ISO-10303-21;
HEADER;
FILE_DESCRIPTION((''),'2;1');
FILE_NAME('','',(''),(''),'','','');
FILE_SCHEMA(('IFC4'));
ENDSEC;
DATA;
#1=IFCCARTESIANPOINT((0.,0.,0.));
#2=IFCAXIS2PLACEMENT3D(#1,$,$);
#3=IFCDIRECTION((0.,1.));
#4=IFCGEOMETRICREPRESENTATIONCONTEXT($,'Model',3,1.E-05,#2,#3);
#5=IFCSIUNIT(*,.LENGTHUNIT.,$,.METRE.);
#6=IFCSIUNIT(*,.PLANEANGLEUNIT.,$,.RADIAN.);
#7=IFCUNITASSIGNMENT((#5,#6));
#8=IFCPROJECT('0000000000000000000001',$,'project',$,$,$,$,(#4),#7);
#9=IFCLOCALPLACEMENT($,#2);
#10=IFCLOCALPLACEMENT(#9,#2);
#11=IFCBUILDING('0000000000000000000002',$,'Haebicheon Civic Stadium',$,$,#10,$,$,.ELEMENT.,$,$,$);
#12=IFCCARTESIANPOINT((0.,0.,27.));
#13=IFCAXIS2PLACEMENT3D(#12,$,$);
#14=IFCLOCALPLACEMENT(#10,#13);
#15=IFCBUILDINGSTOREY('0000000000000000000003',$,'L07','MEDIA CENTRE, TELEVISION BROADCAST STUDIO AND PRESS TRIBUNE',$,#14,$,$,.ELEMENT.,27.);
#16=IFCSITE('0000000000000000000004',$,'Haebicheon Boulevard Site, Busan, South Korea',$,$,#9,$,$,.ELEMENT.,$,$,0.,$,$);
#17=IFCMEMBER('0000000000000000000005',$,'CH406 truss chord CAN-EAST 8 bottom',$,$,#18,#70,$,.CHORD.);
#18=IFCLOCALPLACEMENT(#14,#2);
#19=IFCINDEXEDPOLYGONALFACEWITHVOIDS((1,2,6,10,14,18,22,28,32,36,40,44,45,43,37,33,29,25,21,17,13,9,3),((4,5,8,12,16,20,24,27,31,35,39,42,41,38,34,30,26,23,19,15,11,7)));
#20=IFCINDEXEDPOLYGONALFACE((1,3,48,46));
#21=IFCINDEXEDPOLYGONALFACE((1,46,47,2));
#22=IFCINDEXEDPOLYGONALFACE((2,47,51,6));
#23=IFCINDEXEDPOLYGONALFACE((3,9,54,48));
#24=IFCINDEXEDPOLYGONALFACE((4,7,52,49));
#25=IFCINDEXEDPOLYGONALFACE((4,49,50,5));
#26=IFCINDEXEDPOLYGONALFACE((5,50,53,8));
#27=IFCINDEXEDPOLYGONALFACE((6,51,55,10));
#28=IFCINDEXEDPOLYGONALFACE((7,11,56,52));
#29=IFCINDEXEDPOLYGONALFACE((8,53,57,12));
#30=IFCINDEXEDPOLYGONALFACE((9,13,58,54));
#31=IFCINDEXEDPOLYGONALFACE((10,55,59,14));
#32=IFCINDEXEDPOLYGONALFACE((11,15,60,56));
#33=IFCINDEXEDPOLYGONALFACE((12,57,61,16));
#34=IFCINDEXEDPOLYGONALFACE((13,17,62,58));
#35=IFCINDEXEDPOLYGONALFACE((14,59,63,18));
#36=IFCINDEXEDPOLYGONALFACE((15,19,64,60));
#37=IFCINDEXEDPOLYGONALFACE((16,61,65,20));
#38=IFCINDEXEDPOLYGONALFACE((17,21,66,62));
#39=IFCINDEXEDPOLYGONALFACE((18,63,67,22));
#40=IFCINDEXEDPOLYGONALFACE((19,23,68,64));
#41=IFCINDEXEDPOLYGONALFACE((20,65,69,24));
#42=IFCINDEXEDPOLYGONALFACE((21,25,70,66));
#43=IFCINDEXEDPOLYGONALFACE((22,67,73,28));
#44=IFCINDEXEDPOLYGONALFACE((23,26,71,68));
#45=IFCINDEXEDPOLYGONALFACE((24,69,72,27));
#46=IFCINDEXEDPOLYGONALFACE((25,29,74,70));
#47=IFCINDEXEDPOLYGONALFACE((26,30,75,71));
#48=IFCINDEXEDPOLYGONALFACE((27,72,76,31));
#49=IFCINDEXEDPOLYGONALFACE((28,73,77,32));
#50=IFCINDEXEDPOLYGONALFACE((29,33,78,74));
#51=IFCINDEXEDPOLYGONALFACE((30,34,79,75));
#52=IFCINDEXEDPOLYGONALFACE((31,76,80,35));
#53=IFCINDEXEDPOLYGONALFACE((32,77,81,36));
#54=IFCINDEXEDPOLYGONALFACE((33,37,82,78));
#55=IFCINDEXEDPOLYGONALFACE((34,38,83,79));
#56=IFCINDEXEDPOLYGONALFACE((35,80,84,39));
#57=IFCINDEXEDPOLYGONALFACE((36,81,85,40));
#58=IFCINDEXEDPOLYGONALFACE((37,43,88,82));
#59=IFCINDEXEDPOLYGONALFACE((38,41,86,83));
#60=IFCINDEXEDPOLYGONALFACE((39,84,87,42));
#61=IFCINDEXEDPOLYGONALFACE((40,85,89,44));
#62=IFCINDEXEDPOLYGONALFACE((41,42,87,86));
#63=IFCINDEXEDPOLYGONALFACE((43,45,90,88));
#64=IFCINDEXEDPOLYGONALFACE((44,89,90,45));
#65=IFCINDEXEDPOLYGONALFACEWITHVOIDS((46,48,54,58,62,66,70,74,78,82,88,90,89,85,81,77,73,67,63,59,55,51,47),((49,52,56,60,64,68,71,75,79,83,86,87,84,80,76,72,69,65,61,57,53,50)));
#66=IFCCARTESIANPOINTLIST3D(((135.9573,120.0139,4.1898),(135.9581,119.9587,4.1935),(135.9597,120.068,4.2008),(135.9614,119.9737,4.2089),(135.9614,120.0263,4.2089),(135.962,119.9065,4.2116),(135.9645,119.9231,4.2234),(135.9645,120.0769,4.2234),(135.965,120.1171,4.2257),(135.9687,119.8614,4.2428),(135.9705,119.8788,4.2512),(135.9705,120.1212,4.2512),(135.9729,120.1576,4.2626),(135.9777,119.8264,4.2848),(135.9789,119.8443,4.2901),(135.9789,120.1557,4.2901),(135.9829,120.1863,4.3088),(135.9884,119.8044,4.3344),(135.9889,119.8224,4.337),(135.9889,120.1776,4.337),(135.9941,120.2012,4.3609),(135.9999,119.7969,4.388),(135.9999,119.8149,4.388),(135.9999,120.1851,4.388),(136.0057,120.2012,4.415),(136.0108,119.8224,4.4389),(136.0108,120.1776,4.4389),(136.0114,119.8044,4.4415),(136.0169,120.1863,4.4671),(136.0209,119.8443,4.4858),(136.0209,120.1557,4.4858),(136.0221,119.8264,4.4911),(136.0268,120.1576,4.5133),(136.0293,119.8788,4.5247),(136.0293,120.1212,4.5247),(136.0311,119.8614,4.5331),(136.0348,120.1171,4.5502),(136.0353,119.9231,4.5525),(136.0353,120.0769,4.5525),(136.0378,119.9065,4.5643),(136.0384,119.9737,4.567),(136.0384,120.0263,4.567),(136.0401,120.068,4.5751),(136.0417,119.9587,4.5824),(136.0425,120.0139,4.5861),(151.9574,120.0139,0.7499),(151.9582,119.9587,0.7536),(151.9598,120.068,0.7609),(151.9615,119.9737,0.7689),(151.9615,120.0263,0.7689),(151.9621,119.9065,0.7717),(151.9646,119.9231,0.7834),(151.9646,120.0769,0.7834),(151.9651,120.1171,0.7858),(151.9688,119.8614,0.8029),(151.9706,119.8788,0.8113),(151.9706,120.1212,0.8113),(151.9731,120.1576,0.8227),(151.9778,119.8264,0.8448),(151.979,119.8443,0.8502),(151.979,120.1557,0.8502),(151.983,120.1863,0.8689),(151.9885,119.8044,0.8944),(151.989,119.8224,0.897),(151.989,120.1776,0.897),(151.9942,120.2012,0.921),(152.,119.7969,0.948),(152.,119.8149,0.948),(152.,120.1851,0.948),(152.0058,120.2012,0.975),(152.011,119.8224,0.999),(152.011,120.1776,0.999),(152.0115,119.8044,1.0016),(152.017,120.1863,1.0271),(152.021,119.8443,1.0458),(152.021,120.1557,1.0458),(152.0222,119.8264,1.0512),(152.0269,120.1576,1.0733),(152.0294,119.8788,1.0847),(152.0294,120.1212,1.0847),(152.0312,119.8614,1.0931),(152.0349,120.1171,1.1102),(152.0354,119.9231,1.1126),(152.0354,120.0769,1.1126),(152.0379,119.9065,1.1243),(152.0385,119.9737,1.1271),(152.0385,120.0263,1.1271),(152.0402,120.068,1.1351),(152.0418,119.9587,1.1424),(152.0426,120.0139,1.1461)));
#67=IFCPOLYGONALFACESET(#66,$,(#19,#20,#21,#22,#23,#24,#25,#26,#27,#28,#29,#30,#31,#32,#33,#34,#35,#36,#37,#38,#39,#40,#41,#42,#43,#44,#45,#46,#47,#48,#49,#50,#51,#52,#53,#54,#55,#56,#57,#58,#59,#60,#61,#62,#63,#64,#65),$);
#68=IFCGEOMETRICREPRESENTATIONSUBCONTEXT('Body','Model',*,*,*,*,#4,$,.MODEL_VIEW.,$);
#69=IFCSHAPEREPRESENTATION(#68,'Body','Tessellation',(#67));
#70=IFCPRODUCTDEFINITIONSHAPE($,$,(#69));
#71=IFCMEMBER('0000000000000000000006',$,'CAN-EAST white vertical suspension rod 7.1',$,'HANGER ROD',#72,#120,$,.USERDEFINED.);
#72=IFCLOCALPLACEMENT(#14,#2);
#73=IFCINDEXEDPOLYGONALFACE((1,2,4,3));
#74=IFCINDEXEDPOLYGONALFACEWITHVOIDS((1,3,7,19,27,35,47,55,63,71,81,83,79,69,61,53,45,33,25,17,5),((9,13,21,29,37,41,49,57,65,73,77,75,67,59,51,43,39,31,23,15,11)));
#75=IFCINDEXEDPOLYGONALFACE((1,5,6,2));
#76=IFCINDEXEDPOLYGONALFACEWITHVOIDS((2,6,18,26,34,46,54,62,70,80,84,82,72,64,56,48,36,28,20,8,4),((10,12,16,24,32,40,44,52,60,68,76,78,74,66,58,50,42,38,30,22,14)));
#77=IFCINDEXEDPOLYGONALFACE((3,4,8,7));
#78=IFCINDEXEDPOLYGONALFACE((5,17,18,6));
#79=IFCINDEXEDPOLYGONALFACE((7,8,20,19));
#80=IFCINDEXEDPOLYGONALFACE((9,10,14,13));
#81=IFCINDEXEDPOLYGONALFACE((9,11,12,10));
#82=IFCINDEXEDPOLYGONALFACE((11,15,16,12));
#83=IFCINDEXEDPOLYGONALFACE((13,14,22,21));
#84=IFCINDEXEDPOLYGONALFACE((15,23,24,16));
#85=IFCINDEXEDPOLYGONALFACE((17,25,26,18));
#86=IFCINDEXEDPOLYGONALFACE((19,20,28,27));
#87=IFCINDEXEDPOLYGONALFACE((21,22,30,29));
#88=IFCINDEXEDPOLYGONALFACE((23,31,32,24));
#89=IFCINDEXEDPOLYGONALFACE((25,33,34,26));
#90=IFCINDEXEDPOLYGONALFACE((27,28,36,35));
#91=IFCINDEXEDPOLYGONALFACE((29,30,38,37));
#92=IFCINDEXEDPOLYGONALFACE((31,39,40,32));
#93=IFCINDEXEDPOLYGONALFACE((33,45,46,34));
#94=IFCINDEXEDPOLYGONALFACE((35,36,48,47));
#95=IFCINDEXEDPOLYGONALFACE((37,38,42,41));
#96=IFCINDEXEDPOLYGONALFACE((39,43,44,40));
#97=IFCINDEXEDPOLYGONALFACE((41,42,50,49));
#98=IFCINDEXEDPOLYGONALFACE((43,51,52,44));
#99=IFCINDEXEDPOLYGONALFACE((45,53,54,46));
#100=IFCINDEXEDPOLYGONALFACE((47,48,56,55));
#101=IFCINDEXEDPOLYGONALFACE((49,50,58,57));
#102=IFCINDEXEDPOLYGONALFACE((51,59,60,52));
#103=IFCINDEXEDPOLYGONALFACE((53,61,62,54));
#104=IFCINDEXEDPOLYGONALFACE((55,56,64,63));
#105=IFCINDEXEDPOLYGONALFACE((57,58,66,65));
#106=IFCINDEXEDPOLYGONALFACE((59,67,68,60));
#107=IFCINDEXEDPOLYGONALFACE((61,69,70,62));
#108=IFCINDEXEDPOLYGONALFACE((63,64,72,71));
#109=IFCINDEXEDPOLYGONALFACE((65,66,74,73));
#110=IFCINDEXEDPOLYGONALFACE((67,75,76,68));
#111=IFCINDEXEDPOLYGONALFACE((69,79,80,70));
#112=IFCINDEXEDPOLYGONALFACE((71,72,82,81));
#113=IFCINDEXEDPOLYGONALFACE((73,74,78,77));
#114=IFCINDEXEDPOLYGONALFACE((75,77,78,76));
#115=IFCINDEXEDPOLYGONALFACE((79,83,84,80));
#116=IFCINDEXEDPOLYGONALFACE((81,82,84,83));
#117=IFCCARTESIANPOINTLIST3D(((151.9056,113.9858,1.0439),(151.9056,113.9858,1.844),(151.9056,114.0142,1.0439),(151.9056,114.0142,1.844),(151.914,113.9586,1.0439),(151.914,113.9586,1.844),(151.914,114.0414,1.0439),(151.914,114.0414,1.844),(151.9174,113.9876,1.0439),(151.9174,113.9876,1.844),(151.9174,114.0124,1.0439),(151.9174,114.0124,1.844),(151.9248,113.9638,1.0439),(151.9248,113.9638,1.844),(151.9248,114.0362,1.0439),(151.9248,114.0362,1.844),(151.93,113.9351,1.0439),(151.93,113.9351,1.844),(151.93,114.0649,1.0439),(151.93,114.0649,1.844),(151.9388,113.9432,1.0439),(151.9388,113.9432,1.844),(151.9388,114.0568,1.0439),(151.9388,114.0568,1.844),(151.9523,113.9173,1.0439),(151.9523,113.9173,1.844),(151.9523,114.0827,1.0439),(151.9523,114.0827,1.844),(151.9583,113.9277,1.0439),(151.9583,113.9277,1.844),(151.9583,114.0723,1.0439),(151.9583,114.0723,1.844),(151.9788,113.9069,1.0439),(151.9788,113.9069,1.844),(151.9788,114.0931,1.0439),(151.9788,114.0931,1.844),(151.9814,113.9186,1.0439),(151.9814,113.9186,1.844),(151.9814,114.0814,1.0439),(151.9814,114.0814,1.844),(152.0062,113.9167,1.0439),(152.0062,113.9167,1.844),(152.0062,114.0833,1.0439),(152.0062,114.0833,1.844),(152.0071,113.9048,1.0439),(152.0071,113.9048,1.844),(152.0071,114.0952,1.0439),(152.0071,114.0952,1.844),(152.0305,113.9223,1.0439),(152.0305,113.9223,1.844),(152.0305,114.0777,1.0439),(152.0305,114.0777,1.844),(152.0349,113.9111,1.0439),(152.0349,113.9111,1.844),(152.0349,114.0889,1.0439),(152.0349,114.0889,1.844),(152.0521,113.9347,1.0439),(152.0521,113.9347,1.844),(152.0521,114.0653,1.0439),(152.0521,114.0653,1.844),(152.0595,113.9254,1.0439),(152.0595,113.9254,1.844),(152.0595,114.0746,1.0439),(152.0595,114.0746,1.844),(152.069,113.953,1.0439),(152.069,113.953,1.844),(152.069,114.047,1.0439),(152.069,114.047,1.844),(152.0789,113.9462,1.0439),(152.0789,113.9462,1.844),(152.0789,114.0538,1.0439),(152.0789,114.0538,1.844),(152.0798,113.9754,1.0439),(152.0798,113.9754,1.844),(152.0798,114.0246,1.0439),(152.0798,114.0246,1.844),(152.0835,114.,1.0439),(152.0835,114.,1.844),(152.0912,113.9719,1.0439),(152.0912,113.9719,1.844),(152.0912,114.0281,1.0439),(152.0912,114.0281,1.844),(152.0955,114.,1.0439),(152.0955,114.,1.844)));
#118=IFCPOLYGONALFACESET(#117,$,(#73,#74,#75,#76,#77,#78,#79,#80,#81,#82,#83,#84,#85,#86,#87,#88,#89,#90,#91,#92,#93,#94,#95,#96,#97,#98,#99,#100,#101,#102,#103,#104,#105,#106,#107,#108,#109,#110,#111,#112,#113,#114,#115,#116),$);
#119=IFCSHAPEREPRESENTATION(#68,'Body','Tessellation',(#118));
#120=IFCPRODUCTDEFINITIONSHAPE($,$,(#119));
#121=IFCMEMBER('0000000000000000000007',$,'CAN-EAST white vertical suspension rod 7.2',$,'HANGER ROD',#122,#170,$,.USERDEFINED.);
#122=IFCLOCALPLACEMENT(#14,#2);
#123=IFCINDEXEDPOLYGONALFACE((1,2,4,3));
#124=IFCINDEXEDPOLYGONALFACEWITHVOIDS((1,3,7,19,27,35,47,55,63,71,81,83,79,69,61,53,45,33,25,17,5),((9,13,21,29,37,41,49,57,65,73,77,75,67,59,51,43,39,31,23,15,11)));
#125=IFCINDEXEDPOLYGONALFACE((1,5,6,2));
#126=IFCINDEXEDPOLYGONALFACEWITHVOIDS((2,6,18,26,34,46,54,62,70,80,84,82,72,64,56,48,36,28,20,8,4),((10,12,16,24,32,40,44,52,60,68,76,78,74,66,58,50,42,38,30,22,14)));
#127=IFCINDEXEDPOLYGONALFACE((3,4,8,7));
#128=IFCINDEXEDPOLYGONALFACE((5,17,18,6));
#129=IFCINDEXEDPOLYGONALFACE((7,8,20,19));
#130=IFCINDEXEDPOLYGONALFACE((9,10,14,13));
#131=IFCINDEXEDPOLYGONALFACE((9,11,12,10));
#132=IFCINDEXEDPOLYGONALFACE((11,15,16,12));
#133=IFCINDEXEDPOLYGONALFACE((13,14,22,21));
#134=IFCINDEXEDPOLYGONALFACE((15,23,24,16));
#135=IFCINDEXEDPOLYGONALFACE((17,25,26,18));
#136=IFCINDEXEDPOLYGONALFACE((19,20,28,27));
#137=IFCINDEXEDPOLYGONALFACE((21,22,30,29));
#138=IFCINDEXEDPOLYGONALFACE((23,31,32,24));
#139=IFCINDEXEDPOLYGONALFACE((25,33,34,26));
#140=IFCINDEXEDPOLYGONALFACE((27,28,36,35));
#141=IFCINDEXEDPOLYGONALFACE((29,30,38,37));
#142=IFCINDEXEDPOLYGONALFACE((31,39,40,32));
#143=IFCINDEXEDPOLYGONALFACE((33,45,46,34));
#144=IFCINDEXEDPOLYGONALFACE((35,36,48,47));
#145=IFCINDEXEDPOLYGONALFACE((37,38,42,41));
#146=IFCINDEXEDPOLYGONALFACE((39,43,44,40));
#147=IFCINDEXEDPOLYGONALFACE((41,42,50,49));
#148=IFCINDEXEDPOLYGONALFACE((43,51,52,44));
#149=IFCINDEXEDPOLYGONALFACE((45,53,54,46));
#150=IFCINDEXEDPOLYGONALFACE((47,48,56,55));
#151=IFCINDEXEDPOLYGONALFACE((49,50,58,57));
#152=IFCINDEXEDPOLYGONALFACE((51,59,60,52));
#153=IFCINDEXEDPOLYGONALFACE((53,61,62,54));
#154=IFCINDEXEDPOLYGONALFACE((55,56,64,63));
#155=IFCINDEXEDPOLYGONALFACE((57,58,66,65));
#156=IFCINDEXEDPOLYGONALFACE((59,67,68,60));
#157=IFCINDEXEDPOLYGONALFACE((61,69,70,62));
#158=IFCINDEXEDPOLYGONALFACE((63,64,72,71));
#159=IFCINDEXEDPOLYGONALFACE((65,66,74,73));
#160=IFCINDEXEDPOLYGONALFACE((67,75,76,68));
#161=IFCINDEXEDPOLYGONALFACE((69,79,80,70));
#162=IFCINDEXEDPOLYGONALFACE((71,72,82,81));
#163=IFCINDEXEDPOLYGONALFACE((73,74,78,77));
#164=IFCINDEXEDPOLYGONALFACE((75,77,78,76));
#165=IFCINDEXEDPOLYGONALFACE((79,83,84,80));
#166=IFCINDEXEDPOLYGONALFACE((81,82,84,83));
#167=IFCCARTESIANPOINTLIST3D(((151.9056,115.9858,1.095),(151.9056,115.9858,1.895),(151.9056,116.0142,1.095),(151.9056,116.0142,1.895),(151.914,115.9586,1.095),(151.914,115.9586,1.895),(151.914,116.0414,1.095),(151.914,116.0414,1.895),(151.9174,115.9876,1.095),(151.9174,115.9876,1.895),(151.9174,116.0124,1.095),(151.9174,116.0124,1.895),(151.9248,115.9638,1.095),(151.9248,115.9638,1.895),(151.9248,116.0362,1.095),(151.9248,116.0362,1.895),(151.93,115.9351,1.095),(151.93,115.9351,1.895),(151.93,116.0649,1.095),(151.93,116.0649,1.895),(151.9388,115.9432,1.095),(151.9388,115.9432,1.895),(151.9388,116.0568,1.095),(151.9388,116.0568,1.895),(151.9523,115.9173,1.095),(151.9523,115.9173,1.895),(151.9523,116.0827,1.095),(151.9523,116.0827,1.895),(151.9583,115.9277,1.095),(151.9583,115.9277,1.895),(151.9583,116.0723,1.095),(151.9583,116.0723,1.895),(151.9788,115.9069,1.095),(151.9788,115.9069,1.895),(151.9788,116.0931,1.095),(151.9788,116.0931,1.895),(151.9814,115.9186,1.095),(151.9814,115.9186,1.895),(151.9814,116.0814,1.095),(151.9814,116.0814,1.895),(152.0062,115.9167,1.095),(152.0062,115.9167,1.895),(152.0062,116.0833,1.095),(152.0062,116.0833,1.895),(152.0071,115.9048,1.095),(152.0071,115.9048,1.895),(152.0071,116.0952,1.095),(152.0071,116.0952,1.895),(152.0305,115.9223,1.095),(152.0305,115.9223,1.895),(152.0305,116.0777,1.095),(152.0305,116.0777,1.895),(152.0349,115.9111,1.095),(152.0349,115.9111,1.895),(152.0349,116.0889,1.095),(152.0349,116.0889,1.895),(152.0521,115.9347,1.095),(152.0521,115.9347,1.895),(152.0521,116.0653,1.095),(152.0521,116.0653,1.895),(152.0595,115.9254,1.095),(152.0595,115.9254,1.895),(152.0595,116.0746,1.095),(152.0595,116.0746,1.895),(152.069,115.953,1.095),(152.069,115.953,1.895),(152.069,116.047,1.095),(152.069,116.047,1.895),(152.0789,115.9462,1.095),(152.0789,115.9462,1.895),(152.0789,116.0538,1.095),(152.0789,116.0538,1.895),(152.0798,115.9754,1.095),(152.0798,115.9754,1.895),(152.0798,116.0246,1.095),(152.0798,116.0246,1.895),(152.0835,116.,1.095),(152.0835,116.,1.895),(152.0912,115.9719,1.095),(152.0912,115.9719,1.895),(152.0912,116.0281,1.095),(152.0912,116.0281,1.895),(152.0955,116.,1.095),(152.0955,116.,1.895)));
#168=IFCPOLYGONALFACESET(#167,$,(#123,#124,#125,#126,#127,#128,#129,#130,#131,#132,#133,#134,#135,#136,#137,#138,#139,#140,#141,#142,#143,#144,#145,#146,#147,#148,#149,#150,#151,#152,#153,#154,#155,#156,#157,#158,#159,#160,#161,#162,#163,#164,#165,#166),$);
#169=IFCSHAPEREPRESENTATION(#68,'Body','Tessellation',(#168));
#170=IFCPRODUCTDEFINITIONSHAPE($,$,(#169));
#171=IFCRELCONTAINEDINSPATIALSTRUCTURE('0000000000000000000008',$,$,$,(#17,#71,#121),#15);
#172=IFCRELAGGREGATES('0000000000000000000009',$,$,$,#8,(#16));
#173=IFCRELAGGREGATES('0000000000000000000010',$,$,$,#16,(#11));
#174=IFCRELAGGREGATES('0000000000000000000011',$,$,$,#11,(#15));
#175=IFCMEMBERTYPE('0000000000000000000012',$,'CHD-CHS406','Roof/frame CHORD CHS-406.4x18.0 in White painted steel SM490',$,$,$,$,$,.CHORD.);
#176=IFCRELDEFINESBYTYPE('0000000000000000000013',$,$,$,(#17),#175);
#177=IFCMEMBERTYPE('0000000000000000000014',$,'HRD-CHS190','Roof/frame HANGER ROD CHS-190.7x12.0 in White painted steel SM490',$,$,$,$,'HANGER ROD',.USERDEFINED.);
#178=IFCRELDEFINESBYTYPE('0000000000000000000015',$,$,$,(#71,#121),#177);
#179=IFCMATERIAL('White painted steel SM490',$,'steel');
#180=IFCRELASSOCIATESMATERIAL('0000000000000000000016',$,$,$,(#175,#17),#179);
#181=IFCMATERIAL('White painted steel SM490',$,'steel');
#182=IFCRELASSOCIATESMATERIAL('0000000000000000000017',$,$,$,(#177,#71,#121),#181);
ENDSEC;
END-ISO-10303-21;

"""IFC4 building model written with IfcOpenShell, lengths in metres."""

from ifc_helpers import new_model, si_unit, direction, frame, origin, origin_2d, place, context, subcontext, project, spatial, hollow_circle, extrude, material, material_profile, profile_set, type_object, element, save


model = new_model("IFC4")

# Units and contexts
model_context = context("Model", 3, precision=1e-05, world=origin(), true_north=direction((0.0, 1.0)))
body_context = subcontext(model_context, "Body", "Model", "MODEL_VIEW")
ifc_project = project(units=[si_unit("LENGTHUNIT", "METRE"), si_unit("PLANEANGLEUNIT", "RADIAN")], contexts=[model_context])

# Site, building, storey
site_placement = place(None, origin())
site = spatial("IfcSite", under=ifc_project, at=site_placement, Name="Haebicheon Boulevard Site, Busan, South Korea", CompositionType="ELEMENT", RefElevation=0.0)
building_placement = place(site_placement, origin())
building = spatial("IfcBuilding", under=site, at=building_placement, Name="Haebicheon Civic Stadium", CompositionType="ELEMENT")
storey_placement = place(building_placement, frame((0.0, 0.0, 27.0)))
storey = spatial("IfcBuildingStorey", under=building, at=storey_placement, Name="L07", Description="MEDIA CENTRE, TELEVISION BROADCAST STUDIO AND PRESS TRIBUNE", CompositionType="ELEMENT", Elevation=27.0)

# Members
ifc_material_1 = material(Name="White painted steel SM490", Category="steel")
ifc_material_profile_1 = material_profile(ifc_material_1, hollow_circle(Radius=0.2031, WallThickness=0.0181, at=origin_2d()), Name="CHS-406.4x18.0")
ifc_profile_set_1 = profile_set([ifc_material_profile_1], Name="White painted steel SM490")
member_type_1 = type_object("IfcMemberType", Name="CHD-CHS406", Description="Roof/frame CHORD CHS-406.4x18.0 in White painted steel SM490", PredefinedType="CHORD", material=ifc_profile_set_1)
member_1_placement = place(storey_placement, frame((152.0, 120.0, 0.948), z_axis=(-0.97766, 0.0, 0.210193), x_axis=(0.0, -1.0, 0.0)))
element("IfcMember", 1, at=member_1_placement, inside=storey, type_object=member_type_1, material=ifc_profile_set_1, Name="CH406 truss chord CAN-EAST 8 bottom", PredefinedType="CHORD", context=body_context, shape_type="SweptSolid", body=[
    extrude(hollow_circle(Radius=0.2031, WallThickness=0.0181, at=origin_2d()), origin(), (0.0, 0.0, 1.0), 16.3657),
])
ifc_material_2 = material(Name="White painted steel SM490", Category="steel")
ifc_material_profile_2 = material_profile(ifc_material_2, hollow_circle(Radius=0.0955, WallThickness=0.012, at=origin_2d()), Name="CHS-190.7x12.0")
ifc_profile_set_2 = profile_set([ifc_material_profile_2], Name="White painted steel SM490")
member_type_2 = type_object("IfcMemberType", Name="HRD-CHS190", Description="Roof/frame HANGER ROD CHS-190.7x12.0 in White painted steel SM490", ElementType="HANGER ROD", PredefinedType="USERDEFINED", material=ifc_profile_set_2)
for number, where, z_axis, x_axis, name in (
    (2, (152.0, 114.0, 1.0439), (0.0, 0.0, 1.0), (1.0, 0.0, 0.0), "CAN-EAST white vertical suspension rod 7.1"),
    (3, (152.0, 116.0, 1.095), (0.0, 0.0, 1.0), (1.0, 0.0, 0.0), "CAN-EAST white vertical suspension rod 7.2"),
):
    element("IfcMember", number, at=place(storey_placement, frame(where, z_axis=z_axis, x_axis=x_axis)), inside=storey, type_object=member_type_2, material=ifc_profile_set_2, Name=name, ObjectType="HANGER ROD", PredefinedType="USERDEFINED", context=body_context, shape_type="SweptSolid", body=[
        extrude(hollow_circle(Radius=0.0955, WallThickness=0.012, at=origin_2d()), origin(), (0.0, 0.0, 1.0), 0.8),
    ])

save(model, "model.ifc")
